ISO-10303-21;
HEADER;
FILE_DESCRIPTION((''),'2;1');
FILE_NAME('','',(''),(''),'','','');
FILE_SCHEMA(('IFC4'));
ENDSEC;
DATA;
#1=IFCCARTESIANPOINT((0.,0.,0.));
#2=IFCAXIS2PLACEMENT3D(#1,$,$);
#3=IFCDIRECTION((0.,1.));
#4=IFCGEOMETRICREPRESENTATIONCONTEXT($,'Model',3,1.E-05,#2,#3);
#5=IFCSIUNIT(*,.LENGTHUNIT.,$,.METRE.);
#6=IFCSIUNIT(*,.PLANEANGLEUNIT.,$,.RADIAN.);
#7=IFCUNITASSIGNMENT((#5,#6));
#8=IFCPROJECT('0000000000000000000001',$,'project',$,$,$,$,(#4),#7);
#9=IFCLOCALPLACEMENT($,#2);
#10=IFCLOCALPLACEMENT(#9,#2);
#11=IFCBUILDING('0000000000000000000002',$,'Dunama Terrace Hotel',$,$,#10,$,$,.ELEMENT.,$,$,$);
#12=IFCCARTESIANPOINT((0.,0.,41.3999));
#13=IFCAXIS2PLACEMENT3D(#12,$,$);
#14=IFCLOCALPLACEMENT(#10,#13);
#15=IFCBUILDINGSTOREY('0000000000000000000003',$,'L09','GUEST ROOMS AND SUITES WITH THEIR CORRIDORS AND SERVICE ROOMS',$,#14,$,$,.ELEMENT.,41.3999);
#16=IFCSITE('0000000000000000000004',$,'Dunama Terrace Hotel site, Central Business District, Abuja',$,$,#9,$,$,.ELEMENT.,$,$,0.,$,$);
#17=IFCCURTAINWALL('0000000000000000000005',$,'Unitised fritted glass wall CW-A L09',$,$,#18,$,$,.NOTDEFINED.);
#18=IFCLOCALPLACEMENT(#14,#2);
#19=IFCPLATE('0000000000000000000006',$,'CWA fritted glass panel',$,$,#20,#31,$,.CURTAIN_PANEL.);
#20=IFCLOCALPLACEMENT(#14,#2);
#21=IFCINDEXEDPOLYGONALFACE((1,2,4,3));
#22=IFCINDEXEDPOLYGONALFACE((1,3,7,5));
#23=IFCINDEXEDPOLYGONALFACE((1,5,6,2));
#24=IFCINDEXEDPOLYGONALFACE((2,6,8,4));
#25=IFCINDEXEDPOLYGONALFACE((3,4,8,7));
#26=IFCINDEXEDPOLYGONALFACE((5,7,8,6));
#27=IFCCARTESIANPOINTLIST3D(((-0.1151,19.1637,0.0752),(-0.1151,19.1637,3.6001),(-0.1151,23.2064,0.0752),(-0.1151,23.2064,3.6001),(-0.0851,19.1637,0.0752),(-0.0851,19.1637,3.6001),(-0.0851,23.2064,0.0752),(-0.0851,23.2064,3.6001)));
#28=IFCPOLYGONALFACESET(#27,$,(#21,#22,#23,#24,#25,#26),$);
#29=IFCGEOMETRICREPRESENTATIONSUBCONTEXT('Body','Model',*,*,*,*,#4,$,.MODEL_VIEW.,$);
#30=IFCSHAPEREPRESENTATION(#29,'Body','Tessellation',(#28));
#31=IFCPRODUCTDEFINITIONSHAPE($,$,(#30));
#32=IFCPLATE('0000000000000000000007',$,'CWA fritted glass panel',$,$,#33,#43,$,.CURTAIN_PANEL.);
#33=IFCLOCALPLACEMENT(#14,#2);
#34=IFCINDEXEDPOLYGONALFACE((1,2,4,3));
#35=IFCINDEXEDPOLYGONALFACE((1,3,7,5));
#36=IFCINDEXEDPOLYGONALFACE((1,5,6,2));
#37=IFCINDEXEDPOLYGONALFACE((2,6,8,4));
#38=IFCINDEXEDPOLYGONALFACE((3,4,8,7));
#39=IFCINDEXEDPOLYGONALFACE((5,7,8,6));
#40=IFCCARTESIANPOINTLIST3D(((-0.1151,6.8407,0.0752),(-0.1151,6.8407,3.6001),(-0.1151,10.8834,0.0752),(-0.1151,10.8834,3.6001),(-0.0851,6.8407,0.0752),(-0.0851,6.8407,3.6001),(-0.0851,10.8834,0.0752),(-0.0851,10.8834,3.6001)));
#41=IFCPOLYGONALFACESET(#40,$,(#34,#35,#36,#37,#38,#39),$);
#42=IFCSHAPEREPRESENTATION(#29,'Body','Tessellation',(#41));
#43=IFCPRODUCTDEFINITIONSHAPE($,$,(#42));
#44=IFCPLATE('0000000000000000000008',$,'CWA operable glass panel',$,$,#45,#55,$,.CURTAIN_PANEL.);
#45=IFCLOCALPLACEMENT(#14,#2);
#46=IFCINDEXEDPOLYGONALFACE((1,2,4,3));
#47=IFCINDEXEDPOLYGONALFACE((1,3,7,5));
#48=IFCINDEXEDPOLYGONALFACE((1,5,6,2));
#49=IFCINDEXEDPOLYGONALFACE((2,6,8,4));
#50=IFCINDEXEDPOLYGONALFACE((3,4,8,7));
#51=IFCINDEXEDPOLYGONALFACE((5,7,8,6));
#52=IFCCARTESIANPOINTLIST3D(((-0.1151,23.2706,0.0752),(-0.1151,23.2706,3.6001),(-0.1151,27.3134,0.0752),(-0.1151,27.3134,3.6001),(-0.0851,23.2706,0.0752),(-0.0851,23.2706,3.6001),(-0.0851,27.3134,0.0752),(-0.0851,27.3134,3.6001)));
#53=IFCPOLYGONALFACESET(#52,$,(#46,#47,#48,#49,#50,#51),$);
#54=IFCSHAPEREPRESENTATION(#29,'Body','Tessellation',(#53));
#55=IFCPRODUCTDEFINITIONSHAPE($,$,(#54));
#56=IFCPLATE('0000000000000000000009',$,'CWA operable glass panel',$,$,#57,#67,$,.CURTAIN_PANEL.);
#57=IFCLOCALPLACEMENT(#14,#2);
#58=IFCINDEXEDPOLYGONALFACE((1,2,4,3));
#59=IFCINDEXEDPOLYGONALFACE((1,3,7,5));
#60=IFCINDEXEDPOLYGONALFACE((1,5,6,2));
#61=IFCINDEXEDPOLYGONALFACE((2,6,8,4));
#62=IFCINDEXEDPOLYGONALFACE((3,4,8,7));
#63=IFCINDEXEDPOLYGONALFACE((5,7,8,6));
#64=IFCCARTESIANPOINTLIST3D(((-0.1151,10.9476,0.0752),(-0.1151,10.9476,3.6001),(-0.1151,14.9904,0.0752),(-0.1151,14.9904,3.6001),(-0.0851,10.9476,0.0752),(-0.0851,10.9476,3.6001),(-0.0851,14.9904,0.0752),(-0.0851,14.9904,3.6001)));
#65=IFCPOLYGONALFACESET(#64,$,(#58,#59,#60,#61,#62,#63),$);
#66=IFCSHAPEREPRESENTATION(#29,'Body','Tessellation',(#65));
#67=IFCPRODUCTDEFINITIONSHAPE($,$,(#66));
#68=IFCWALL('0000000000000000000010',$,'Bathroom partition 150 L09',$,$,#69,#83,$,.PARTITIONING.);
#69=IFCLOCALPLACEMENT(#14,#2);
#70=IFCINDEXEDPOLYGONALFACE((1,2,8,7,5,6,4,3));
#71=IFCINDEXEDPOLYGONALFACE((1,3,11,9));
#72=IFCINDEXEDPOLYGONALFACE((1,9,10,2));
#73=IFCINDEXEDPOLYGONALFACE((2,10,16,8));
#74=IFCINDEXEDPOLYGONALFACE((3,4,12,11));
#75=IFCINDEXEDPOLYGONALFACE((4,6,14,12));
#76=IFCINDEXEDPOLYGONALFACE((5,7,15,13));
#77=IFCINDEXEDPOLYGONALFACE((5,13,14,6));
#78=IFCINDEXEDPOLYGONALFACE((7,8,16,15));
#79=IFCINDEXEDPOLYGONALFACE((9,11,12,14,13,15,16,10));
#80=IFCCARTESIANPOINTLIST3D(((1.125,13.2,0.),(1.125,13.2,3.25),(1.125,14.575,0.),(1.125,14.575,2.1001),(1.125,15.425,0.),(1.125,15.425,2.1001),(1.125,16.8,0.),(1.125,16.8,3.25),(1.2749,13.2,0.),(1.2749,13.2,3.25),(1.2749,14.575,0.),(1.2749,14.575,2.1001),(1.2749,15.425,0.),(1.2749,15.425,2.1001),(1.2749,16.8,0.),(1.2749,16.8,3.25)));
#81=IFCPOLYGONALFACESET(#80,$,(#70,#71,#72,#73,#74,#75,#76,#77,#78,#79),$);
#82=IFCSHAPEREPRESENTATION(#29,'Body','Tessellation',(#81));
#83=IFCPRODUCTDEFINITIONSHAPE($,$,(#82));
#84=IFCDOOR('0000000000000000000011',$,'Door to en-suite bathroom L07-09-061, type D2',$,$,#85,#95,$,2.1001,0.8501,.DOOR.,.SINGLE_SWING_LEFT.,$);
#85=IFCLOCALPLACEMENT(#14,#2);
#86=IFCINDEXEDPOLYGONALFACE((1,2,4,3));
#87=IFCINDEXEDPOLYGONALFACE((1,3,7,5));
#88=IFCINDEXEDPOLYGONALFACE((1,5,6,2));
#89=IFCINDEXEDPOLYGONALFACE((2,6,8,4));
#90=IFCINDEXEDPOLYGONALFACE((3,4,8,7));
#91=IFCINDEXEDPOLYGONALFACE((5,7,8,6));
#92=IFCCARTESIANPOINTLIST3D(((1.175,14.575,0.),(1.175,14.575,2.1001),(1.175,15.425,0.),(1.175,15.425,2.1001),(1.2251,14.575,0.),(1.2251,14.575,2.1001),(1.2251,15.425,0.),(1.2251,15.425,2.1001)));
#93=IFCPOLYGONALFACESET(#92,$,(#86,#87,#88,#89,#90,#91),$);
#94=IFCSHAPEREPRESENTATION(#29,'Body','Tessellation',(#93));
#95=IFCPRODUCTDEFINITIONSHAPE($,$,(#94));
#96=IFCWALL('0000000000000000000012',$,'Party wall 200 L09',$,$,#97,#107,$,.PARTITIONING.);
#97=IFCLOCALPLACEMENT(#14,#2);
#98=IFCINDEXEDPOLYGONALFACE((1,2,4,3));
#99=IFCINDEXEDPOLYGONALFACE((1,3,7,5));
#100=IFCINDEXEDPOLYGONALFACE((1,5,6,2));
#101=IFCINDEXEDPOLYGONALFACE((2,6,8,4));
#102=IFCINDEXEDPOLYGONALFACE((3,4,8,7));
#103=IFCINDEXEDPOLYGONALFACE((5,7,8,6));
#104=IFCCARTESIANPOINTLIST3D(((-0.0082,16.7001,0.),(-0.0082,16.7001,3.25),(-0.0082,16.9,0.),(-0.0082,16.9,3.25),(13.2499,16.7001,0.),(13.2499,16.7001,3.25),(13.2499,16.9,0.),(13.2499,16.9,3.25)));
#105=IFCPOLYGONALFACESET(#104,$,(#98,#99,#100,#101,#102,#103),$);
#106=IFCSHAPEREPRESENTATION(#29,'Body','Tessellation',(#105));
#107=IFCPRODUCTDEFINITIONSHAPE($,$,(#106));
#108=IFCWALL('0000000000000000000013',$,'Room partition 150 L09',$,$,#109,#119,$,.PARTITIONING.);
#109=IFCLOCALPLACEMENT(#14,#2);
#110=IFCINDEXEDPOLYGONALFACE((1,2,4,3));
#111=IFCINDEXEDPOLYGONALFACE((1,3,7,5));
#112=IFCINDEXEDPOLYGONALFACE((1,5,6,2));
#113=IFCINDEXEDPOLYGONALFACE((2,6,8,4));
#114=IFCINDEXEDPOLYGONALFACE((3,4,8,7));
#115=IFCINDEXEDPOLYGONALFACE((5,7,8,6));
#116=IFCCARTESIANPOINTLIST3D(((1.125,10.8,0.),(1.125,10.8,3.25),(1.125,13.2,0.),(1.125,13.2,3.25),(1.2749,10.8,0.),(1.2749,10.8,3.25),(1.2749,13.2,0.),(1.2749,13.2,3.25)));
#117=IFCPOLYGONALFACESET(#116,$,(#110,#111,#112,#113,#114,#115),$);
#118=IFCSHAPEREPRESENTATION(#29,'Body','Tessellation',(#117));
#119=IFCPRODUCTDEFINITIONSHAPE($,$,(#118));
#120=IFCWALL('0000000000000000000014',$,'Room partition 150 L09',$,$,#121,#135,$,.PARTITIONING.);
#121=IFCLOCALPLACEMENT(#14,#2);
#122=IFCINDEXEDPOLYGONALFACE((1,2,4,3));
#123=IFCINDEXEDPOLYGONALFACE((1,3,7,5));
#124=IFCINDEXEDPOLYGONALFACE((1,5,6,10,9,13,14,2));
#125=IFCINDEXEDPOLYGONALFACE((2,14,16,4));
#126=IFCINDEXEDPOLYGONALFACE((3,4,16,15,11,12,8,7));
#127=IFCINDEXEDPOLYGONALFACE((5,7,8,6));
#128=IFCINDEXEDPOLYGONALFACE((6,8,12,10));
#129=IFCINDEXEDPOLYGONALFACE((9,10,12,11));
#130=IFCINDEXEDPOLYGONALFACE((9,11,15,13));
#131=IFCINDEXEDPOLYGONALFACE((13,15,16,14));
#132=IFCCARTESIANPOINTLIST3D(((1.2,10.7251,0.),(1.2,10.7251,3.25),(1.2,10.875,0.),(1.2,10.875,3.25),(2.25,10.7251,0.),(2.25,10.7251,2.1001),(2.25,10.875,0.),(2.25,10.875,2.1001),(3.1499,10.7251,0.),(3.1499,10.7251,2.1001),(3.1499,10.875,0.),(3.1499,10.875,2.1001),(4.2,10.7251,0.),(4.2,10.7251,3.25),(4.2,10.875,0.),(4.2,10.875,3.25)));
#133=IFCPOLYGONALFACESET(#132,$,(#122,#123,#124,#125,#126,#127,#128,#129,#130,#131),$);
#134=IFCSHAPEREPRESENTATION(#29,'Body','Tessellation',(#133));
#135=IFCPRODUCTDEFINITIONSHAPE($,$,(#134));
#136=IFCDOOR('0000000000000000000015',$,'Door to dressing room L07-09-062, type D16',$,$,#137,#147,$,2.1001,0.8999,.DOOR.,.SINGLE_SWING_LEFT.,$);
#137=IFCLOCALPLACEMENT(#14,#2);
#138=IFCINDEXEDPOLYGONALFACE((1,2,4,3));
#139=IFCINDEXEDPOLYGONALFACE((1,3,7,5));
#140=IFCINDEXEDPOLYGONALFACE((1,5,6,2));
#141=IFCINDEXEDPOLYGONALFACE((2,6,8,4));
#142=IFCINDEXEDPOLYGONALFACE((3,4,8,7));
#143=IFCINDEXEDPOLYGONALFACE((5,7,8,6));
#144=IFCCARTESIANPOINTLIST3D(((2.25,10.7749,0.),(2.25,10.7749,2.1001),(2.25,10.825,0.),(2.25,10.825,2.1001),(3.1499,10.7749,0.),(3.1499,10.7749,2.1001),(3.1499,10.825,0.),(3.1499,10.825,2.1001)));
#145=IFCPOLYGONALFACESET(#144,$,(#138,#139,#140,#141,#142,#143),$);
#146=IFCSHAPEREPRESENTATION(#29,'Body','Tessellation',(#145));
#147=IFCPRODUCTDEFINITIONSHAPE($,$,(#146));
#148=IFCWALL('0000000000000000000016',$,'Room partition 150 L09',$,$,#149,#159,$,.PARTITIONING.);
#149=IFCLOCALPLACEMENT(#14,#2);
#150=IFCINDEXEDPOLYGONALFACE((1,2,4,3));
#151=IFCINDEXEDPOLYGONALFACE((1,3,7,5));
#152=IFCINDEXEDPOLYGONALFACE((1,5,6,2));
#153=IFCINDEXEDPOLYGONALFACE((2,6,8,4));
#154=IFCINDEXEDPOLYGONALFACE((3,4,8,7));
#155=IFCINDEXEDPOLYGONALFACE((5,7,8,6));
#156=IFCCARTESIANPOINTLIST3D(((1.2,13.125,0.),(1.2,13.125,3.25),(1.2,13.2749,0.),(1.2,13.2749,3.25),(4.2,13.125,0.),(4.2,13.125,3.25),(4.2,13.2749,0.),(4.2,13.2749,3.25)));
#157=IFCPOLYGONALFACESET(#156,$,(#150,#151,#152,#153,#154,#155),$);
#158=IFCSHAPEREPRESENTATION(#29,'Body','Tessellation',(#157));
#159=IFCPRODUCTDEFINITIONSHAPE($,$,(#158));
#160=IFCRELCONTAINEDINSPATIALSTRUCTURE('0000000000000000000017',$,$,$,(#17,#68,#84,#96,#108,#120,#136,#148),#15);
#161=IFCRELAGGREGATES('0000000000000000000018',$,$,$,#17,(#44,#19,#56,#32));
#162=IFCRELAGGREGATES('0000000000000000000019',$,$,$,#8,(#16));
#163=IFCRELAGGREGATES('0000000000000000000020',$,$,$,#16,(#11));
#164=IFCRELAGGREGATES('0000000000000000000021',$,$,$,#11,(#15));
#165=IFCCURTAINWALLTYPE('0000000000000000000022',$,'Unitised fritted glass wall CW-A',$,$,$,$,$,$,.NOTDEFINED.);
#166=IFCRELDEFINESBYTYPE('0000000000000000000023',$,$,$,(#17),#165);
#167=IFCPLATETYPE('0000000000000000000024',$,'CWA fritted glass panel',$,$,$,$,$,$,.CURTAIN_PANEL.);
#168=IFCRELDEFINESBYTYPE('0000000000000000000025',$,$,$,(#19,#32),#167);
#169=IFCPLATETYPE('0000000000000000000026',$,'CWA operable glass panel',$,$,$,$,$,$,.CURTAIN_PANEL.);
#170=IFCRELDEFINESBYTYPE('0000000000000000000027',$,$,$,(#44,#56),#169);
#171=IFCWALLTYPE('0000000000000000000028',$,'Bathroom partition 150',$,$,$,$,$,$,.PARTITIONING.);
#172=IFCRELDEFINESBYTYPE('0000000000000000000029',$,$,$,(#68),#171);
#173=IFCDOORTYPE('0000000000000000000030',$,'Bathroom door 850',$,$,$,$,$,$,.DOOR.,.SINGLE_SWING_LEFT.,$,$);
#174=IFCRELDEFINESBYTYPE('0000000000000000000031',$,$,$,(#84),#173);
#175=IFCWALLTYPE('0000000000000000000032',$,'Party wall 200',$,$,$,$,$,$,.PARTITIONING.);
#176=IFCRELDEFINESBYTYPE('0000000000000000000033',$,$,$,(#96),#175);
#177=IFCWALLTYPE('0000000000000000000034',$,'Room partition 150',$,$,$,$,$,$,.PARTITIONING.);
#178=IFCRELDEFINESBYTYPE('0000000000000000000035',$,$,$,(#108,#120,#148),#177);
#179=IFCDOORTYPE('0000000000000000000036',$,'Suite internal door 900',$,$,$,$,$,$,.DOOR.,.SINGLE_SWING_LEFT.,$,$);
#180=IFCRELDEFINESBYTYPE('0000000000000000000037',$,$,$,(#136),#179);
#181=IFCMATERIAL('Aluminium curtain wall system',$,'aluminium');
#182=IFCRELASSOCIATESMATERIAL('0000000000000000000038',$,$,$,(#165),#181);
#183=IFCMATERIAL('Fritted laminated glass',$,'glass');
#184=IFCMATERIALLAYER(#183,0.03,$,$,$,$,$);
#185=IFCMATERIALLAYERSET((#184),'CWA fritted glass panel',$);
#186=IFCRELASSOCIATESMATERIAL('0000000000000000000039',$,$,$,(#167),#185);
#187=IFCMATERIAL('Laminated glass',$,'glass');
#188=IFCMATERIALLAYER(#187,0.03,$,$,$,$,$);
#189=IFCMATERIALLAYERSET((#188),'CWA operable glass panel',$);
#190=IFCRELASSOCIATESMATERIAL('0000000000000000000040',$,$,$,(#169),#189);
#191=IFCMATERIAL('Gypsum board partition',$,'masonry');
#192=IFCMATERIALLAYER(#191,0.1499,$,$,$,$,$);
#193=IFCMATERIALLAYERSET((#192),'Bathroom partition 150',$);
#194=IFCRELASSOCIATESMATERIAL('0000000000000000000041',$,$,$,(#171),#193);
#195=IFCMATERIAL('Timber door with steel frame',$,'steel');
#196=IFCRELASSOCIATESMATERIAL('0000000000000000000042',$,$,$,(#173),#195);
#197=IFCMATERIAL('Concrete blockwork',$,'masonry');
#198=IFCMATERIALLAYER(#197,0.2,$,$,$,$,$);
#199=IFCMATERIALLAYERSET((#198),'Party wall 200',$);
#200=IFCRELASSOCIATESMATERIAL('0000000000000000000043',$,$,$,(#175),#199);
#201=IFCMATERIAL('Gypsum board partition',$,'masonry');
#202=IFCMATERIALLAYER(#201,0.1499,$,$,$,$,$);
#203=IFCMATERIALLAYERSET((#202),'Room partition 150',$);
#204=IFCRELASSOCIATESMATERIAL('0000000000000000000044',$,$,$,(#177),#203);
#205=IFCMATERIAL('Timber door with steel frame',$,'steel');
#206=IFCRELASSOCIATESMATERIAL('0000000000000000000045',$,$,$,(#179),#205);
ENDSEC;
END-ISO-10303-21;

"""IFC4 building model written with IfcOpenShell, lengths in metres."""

from ifc_helpers import new_model, si_unit, direction, frame, frame_2d, origin, origin_2d, place, context, subcontext, project, spatial, rectangle, extrude, material, layer, layer_set, type_object, element, fill, aggregate, save


model = new_model("IFC4")

# Units and contexts
model_context = context("Model", 3, precision=1e-05, world=origin(), true_north=direction((0.0, 1.0)))
body_context = subcontext(model_context, "Body", "Model", "MODEL_VIEW")
ifc_project = project(units=[si_unit("LENGTHUNIT", "METRE"), si_unit("PLANEANGLEUNIT", "RADIAN")], contexts=[model_context])

# Site, building, storey
site_placement = place(None, origin())
site = spatial("IfcSite", under=ifc_project, at=site_placement, Name="Dunama Terrace Hotel site, Central Business District, Abuja", CompositionType="ELEMENT", RefElevation=0.0)
building_placement = place(site_placement, origin())
building = spatial("IfcBuilding", under=site, at=building_placement, Name="Dunama Terrace Hotel", CompositionType="ELEMENT")
storey_placement = place(building_placement, frame((0.0, 0.0, 41.3999)))
storey = spatial("IfcBuildingStorey", under=building, at=storey_placement, Name="L09", Description="GUEST ROOMS AND SUITES WITH THEIR CORRIDORS AND SERVICE ROOMS", CompositionType="ELEMENT", Elevation=41.3999)

# Curtain wall
ifc_material_1 = material(Name="Aluminium curtain wall system", Category="aluminium")
curtain_wall_type = type_object("IfcCurtainWallType", Name="Unitised fritted glass wall CW-A", PredefinedType="NOTDEFINED", material=ifc_material_1)
curtain_wall_placement = place(storey_placement, origin())
curtain_wall = element("IfcCurtainWall", 1, at=curtain_wall_placement, inside=storey, type_object=curtain_wall_type, Name="Unitised fritted glass wall CW-A L09", PredefinedType="NOTDEFINED")

# Plates
ifc_material_2 = material(Name="Fritted laminated glass", Category="glass")
ifc_layer_1 = layer(ifc_material_2, 0.03)
ifc_layer_set_1 = layer_set([ifc_layer_1], Name="CWA fritted glass panel")
plate_type_1 = type_object("IfcPlateType", Name="CWA fritted glass panel", PredefinedType="CURTAIN_PANEL", material=ifc_layer_set_1)
plate_1_placement = place(storey_placement, frame((-0.1001, 21.1851, 0.0752), z_axis=(0.0, 0.0, 1.0), x_axis=(0.0, -1.0, 0.0)))
plate_1 = element("IfcPlate", 2, at=plate_1_placement, type_object=plate_type_1, Name="CWA fritted glass panel", PredefinedType="CURTAIN_PANEL", context=body_context, shape_type="SweptSolid", body=[
    extrude(rectangle(XDim=4.0427, YDim=0.03, at=origin_2d()), origin(), (0.0, 0.0, 1.0), 3.5249),
])
plate_2_placement = place(storey_placement, frame((-0.1001, 8.8621, 0.0752), z_axis=(0.0, 0.0, 1.0), x_axis=(0.0, -1.0, 0.0)))
plate_2 = element("IfcPlate", 3, at=plate_2_placement, type_object=plate_type_1, Name="CWA fritted glass panel", PredefinedType="CURTAIN_PANEL", context=body_context, shape_type="SweptSolid", body=[
    extrude(rectangle(XDim=4.0427, YDim=0.03, at=origin_2d()), origin(), (0.0, 0.0, 1.0), 3.5249),
])
ifc_material_3 = material(Name="Laminated glass", Category="glass")
ifc_layer_2 = layer(ifc_material_3, 0.03)
ifc_layer_set_2 = layer_set([ifc_layer_2], Name="CWA operable glass panel")
plate_type_2 = type_object("IfcPlateType", Name="CWA operable glass panel", PredefinedType="CURTAIN_PANEL", material=ifc_layer_set_2)
plate_3_placement = place(storey_placement, frame((-0.1001, 25.292, 0.0752), z_axis=(0.0, 0.0, 1.0), x_axis=(0.0, -1.0, 0.0)))
plate_3 = element("IfcPlate", 4, at=plate_3_placement, type_object=plate_type_2, Name="CWA operable glass panel", PredefinedType="CURTAIN_PANEL", context=body_context, shape_type="SweptSolid", body=[
    extrude(rectangle(XDim=4.0427, YDim=0.03, at=origin_2d()), origin(), (0.0, 0.0, 1.0), 3.5249),
])
plate_4_placement = place(storey_placement, frame((-0.1001, 12.969, 0.0752), z_axis=(0.0, 0.0, 1.0), x_axis=(0.0, -1.0, 0.0)))
plate_4 = element("IfcPlate", 5, at=plate_4_placement, type_object=plate_type_2, Name="CWA operable glass panel", PredefinedType="CURTAIN_PANEL", context=body_context, shape_type="SweptSolid", body=[
    extrude(rectangle(XDim=4.0427, YDim=0.03, at=origin_2d()), origin(), (0.0, 0.0, 1.0), 3.5249),
])
aggregate(curtain_wall, [plate_3, plate_1, plate_4, plate_2])

# Wall, opening, door
ifc_material_4 = material(Name="Gypsum board partition", Category="masonry")
ifc_layer_3 = layer(ifc_material_4, 0.1499)
ifc_layer_set_3 = layer_set([ifc_layer_3], Name="Bathroom partition 150")
wall_type_1 = type_object("IfcWallType", Name="Bathroom partition 150", PredefinedType="PARTITIONING", material=ifc_layer_set_3)
wall_1_placement = place(storey_placement, frame((1.2, 13.2, 0.0), z_axis=(0.0, 0.0, 1.0), x_axis=(0.0, 1.0, 0.0)))
wall_1 = element("IfcWall", 6, at=wall_1_placement, inside=storey, type_object=wall_type_1, Name="Bathroom partition 150 L09", PredefinedType="PARTITIONING", context=body_context, shape_type="SweptSolid", body=[
    extrude(rectangle(XDim=3.6001, YDim=0.1499, at=frame_2d((1.8, 0.0))), origin(), (0.0, 0.0, 1.0), 3.25),
])
opening_1_placement = place(wall_1_placement, frame((1.375, 0.0, 0.0)))
opening_1 = element("IfcOpeningElement", 7, at=opening_1_placement, cuts=wall_1, PredefinedType="OPENING", context=body_context, shape_type="SweptSolid", body=[
    extrude(rectangle(XDim=0.8501, YDim=2.1001, at=frame_2d((0.425, 1.05))), frame((0.0, 0.085, 0.0), z_axis=(0.0, -1.0, 0.0), x_axis=(1.0, 0.0, 0.0)), (0.0, 0.0, 1.0), 0.1699),
])
ifc_material_5 = material(Name="Timber door with steel frame", Category="steel")
door_type_1 = type_object("IfcDoorType", Name="Bathroom door 850", OperationType="SINGLE_SWING_LEFT", PredefinedType="DOOR", material=ifc_material_5)
door_1_placement = place(opening_1_placement, frame((0.8501, 0.0, 0.0), z_axis=(0.0, 0.0, 1.0), x_axis=(-1.0, 0.0, 0.0)))
door_1 = element("IfcDoor", 8, at=door_1_placement, inside=storey, type_object=door_type_1, Name="Door to en-suite bathroom L07-09-061, type D2", OperationType="SINGLE_SWING_LEFT", OverallHeight=2.1001, OverallWidth=0.8501, PredefinedType="DOOR", context=body_context, shape_type="SweptSolid", body=[
    extrude(rectangle(XDim=0.8501, YDim=2.1001, at=frame_2d((0.425, 1.05))), frame((0.0, 0.0251, 0.0), z_axis=(0.0, -1.0, 0.0), x_axis=(1.0, 0.0, 0.0)), (0.0, 0.0, 1.0), 0.05),
])
fill(opening_1, door_1)

# Walls
ifc_material_6 = material(Name="Concrete blockwork", Category="masonry")
ifc_layer_4 = layer(ifc_material_6, 0.2)
ifc_layer_set_4 = layer_set([ifc_layer_4], Name="Party wall 200")
wall_type_2 = type_object("IfcWallType", Name="Party wall 200", PredefinedType="PARTITIONING", material=ifc_layer_set_4)
wall_2_placement = place(storey_placement, frame((-0.0081, 16.8, 0.0), z_axis=(0.0, 0.0, 1.0), x_axis=(1.0, 0.0, 0.0)))
element("IfcWall", 9, at=wall_2_placement, inside=storey, type_object=wall_type_2, Name="Party wall 200 L09", PredefinedType="PARTITIONING", context=body_context, shape_type="SweptSolid", body=[
    extrude(rectangle(XDim=13.2581, YDim=0.2, at=frame_2d((6.6289, 0.0))), origin(), (0.0, 0.0, 1.0), 3.25),
])
ifc_material_7 = material(Name="Gypsum board partition", Category="masonry")
ifc_layer_5 = layer(ifc_material_7, 0.1499)
ifc_layer_set_5 = layer_set([ifc_layer_5], Name="Room partition 150")
wall_type_3 = type_object("IfcWallType", Name="Room partition 150", PredefinedType="PARTITIONING", material=ifc_layer_set_5)
wall_3_placement = place(storey_placement, frame((1.2, 10.8, 0.0), z_axis=(0.0, 0.0, 1.0), x_axis=(0.0, 1.0, 0.0)))
element("IfcWall", 10, at=wall_3_placement, inside=storey, type_object=wall_type_3, Name="Room partition 150 L09", PredefinedType="PARTITIONING", context=body_context, shape_type="SweptSolid", body=[
    extrude(rectangle(XDim=2.3999, YDim=0.1499, at=frame_2d((1.2, 0.0))), origin(), (0.0, 0.0, 1.0), 3.25),
])

# Wall, opening, door
wall_4_placement = place(storey_placement, frame((1.2, 10.8, 0.0), z_axis=(0.0, 0.0, 1.0), x_axis=(1.0, 0.0, 0.0)))
wall_4 = element("IfcWall", 11, at=wall_4_placement, inside=storey, type_object=wall_type_3, Name="Room partition 150 L09", PredefinedType="PARTITIONING", context=body_context, shape_type="SweptSolid", body=[
    extrude(rectangle(XDim=3.0, YDim=0.1499, at=frame_2d((1.5, 0.0))), origin(), (0.0, 0.0, 1.0), 3.25),
])
opening_2_placement = place(wall_4_placement, frame((1.05, 0.0, 0.0)))
opening_2 = element("IfcOpeningElement", 12, at=opening_2_placement, cuts=wall_4, PredefinedType="OPENING", context=body_context, shape_type="SweptSolid", body=[
    extrude(rectangle(XDim=0.8999, YDim=2.1001, at=frame_2d((0.45, 1.05))), frame((0.0, 0.085, 0.0), z_axis=(0.0, -1.0, 0.0), x_axis=(1.0, 0.0, 0.0)), (0.0, 0.0, 1.0), 0.1699),
])
ifc_material_8 = material(Name="Timber door with steel frame", Category="steel")
door_type_2 = type_object("IfcDoorType", Name="Suite internal door 900", OperationType="SINGLE_SWING_LEFT", PredefinedType="DOOR", material=ifc_material_8)
door_2_placement = place(opening_2_placement, origin())
door_2 = element("IfcDoor", 13, at=door_2_placement, inside=storey, type_object=door_type_2, Name="Door to dressing room L07-09-062, type D16", OperationType="SINGLE_SWING_LEFT", OverallHeight=2.1001, OverallWidth=0.8999, PredefinedType="DOOR", context=body_context, shape_type="SweptSolid", body=[
    extrude(rectangle(XDim=0.8999, YDim=2.1001, at=frame_2d((0.45, 1.05))), frame((0.0, 0.0249, 0.0), z_axis=(0.0, -1.0, 0.0), x_axis=(1.0, 0.0, 0.0)), (0.0, 0.0, 1.0), 0.05),
])
fill(opening_2, door_2)

# Wall
wall_5_placement = place(storey_placement, frame((1.2, 13.2, 0.0), z_axis=(0.0, 0.0, 1.0), x_axis=(1.0, 0.0, 0.0)))
element("IfcWall", 14, at=wall_5_placement, inside=storey, type_object=wall_type_3, Name="Room partition 150 L09", PredefinedType="PARTITIONING", context=body_context, shape_type="SweptSolid", body=[
    extrude(rectangle(XDim=3.0, YDim=0.1499, at=frame_2d((1.5, 0.0))), origin(), (0.0, 0.0, 1.0), 3.25),
])

save(model, "model.ifc")
